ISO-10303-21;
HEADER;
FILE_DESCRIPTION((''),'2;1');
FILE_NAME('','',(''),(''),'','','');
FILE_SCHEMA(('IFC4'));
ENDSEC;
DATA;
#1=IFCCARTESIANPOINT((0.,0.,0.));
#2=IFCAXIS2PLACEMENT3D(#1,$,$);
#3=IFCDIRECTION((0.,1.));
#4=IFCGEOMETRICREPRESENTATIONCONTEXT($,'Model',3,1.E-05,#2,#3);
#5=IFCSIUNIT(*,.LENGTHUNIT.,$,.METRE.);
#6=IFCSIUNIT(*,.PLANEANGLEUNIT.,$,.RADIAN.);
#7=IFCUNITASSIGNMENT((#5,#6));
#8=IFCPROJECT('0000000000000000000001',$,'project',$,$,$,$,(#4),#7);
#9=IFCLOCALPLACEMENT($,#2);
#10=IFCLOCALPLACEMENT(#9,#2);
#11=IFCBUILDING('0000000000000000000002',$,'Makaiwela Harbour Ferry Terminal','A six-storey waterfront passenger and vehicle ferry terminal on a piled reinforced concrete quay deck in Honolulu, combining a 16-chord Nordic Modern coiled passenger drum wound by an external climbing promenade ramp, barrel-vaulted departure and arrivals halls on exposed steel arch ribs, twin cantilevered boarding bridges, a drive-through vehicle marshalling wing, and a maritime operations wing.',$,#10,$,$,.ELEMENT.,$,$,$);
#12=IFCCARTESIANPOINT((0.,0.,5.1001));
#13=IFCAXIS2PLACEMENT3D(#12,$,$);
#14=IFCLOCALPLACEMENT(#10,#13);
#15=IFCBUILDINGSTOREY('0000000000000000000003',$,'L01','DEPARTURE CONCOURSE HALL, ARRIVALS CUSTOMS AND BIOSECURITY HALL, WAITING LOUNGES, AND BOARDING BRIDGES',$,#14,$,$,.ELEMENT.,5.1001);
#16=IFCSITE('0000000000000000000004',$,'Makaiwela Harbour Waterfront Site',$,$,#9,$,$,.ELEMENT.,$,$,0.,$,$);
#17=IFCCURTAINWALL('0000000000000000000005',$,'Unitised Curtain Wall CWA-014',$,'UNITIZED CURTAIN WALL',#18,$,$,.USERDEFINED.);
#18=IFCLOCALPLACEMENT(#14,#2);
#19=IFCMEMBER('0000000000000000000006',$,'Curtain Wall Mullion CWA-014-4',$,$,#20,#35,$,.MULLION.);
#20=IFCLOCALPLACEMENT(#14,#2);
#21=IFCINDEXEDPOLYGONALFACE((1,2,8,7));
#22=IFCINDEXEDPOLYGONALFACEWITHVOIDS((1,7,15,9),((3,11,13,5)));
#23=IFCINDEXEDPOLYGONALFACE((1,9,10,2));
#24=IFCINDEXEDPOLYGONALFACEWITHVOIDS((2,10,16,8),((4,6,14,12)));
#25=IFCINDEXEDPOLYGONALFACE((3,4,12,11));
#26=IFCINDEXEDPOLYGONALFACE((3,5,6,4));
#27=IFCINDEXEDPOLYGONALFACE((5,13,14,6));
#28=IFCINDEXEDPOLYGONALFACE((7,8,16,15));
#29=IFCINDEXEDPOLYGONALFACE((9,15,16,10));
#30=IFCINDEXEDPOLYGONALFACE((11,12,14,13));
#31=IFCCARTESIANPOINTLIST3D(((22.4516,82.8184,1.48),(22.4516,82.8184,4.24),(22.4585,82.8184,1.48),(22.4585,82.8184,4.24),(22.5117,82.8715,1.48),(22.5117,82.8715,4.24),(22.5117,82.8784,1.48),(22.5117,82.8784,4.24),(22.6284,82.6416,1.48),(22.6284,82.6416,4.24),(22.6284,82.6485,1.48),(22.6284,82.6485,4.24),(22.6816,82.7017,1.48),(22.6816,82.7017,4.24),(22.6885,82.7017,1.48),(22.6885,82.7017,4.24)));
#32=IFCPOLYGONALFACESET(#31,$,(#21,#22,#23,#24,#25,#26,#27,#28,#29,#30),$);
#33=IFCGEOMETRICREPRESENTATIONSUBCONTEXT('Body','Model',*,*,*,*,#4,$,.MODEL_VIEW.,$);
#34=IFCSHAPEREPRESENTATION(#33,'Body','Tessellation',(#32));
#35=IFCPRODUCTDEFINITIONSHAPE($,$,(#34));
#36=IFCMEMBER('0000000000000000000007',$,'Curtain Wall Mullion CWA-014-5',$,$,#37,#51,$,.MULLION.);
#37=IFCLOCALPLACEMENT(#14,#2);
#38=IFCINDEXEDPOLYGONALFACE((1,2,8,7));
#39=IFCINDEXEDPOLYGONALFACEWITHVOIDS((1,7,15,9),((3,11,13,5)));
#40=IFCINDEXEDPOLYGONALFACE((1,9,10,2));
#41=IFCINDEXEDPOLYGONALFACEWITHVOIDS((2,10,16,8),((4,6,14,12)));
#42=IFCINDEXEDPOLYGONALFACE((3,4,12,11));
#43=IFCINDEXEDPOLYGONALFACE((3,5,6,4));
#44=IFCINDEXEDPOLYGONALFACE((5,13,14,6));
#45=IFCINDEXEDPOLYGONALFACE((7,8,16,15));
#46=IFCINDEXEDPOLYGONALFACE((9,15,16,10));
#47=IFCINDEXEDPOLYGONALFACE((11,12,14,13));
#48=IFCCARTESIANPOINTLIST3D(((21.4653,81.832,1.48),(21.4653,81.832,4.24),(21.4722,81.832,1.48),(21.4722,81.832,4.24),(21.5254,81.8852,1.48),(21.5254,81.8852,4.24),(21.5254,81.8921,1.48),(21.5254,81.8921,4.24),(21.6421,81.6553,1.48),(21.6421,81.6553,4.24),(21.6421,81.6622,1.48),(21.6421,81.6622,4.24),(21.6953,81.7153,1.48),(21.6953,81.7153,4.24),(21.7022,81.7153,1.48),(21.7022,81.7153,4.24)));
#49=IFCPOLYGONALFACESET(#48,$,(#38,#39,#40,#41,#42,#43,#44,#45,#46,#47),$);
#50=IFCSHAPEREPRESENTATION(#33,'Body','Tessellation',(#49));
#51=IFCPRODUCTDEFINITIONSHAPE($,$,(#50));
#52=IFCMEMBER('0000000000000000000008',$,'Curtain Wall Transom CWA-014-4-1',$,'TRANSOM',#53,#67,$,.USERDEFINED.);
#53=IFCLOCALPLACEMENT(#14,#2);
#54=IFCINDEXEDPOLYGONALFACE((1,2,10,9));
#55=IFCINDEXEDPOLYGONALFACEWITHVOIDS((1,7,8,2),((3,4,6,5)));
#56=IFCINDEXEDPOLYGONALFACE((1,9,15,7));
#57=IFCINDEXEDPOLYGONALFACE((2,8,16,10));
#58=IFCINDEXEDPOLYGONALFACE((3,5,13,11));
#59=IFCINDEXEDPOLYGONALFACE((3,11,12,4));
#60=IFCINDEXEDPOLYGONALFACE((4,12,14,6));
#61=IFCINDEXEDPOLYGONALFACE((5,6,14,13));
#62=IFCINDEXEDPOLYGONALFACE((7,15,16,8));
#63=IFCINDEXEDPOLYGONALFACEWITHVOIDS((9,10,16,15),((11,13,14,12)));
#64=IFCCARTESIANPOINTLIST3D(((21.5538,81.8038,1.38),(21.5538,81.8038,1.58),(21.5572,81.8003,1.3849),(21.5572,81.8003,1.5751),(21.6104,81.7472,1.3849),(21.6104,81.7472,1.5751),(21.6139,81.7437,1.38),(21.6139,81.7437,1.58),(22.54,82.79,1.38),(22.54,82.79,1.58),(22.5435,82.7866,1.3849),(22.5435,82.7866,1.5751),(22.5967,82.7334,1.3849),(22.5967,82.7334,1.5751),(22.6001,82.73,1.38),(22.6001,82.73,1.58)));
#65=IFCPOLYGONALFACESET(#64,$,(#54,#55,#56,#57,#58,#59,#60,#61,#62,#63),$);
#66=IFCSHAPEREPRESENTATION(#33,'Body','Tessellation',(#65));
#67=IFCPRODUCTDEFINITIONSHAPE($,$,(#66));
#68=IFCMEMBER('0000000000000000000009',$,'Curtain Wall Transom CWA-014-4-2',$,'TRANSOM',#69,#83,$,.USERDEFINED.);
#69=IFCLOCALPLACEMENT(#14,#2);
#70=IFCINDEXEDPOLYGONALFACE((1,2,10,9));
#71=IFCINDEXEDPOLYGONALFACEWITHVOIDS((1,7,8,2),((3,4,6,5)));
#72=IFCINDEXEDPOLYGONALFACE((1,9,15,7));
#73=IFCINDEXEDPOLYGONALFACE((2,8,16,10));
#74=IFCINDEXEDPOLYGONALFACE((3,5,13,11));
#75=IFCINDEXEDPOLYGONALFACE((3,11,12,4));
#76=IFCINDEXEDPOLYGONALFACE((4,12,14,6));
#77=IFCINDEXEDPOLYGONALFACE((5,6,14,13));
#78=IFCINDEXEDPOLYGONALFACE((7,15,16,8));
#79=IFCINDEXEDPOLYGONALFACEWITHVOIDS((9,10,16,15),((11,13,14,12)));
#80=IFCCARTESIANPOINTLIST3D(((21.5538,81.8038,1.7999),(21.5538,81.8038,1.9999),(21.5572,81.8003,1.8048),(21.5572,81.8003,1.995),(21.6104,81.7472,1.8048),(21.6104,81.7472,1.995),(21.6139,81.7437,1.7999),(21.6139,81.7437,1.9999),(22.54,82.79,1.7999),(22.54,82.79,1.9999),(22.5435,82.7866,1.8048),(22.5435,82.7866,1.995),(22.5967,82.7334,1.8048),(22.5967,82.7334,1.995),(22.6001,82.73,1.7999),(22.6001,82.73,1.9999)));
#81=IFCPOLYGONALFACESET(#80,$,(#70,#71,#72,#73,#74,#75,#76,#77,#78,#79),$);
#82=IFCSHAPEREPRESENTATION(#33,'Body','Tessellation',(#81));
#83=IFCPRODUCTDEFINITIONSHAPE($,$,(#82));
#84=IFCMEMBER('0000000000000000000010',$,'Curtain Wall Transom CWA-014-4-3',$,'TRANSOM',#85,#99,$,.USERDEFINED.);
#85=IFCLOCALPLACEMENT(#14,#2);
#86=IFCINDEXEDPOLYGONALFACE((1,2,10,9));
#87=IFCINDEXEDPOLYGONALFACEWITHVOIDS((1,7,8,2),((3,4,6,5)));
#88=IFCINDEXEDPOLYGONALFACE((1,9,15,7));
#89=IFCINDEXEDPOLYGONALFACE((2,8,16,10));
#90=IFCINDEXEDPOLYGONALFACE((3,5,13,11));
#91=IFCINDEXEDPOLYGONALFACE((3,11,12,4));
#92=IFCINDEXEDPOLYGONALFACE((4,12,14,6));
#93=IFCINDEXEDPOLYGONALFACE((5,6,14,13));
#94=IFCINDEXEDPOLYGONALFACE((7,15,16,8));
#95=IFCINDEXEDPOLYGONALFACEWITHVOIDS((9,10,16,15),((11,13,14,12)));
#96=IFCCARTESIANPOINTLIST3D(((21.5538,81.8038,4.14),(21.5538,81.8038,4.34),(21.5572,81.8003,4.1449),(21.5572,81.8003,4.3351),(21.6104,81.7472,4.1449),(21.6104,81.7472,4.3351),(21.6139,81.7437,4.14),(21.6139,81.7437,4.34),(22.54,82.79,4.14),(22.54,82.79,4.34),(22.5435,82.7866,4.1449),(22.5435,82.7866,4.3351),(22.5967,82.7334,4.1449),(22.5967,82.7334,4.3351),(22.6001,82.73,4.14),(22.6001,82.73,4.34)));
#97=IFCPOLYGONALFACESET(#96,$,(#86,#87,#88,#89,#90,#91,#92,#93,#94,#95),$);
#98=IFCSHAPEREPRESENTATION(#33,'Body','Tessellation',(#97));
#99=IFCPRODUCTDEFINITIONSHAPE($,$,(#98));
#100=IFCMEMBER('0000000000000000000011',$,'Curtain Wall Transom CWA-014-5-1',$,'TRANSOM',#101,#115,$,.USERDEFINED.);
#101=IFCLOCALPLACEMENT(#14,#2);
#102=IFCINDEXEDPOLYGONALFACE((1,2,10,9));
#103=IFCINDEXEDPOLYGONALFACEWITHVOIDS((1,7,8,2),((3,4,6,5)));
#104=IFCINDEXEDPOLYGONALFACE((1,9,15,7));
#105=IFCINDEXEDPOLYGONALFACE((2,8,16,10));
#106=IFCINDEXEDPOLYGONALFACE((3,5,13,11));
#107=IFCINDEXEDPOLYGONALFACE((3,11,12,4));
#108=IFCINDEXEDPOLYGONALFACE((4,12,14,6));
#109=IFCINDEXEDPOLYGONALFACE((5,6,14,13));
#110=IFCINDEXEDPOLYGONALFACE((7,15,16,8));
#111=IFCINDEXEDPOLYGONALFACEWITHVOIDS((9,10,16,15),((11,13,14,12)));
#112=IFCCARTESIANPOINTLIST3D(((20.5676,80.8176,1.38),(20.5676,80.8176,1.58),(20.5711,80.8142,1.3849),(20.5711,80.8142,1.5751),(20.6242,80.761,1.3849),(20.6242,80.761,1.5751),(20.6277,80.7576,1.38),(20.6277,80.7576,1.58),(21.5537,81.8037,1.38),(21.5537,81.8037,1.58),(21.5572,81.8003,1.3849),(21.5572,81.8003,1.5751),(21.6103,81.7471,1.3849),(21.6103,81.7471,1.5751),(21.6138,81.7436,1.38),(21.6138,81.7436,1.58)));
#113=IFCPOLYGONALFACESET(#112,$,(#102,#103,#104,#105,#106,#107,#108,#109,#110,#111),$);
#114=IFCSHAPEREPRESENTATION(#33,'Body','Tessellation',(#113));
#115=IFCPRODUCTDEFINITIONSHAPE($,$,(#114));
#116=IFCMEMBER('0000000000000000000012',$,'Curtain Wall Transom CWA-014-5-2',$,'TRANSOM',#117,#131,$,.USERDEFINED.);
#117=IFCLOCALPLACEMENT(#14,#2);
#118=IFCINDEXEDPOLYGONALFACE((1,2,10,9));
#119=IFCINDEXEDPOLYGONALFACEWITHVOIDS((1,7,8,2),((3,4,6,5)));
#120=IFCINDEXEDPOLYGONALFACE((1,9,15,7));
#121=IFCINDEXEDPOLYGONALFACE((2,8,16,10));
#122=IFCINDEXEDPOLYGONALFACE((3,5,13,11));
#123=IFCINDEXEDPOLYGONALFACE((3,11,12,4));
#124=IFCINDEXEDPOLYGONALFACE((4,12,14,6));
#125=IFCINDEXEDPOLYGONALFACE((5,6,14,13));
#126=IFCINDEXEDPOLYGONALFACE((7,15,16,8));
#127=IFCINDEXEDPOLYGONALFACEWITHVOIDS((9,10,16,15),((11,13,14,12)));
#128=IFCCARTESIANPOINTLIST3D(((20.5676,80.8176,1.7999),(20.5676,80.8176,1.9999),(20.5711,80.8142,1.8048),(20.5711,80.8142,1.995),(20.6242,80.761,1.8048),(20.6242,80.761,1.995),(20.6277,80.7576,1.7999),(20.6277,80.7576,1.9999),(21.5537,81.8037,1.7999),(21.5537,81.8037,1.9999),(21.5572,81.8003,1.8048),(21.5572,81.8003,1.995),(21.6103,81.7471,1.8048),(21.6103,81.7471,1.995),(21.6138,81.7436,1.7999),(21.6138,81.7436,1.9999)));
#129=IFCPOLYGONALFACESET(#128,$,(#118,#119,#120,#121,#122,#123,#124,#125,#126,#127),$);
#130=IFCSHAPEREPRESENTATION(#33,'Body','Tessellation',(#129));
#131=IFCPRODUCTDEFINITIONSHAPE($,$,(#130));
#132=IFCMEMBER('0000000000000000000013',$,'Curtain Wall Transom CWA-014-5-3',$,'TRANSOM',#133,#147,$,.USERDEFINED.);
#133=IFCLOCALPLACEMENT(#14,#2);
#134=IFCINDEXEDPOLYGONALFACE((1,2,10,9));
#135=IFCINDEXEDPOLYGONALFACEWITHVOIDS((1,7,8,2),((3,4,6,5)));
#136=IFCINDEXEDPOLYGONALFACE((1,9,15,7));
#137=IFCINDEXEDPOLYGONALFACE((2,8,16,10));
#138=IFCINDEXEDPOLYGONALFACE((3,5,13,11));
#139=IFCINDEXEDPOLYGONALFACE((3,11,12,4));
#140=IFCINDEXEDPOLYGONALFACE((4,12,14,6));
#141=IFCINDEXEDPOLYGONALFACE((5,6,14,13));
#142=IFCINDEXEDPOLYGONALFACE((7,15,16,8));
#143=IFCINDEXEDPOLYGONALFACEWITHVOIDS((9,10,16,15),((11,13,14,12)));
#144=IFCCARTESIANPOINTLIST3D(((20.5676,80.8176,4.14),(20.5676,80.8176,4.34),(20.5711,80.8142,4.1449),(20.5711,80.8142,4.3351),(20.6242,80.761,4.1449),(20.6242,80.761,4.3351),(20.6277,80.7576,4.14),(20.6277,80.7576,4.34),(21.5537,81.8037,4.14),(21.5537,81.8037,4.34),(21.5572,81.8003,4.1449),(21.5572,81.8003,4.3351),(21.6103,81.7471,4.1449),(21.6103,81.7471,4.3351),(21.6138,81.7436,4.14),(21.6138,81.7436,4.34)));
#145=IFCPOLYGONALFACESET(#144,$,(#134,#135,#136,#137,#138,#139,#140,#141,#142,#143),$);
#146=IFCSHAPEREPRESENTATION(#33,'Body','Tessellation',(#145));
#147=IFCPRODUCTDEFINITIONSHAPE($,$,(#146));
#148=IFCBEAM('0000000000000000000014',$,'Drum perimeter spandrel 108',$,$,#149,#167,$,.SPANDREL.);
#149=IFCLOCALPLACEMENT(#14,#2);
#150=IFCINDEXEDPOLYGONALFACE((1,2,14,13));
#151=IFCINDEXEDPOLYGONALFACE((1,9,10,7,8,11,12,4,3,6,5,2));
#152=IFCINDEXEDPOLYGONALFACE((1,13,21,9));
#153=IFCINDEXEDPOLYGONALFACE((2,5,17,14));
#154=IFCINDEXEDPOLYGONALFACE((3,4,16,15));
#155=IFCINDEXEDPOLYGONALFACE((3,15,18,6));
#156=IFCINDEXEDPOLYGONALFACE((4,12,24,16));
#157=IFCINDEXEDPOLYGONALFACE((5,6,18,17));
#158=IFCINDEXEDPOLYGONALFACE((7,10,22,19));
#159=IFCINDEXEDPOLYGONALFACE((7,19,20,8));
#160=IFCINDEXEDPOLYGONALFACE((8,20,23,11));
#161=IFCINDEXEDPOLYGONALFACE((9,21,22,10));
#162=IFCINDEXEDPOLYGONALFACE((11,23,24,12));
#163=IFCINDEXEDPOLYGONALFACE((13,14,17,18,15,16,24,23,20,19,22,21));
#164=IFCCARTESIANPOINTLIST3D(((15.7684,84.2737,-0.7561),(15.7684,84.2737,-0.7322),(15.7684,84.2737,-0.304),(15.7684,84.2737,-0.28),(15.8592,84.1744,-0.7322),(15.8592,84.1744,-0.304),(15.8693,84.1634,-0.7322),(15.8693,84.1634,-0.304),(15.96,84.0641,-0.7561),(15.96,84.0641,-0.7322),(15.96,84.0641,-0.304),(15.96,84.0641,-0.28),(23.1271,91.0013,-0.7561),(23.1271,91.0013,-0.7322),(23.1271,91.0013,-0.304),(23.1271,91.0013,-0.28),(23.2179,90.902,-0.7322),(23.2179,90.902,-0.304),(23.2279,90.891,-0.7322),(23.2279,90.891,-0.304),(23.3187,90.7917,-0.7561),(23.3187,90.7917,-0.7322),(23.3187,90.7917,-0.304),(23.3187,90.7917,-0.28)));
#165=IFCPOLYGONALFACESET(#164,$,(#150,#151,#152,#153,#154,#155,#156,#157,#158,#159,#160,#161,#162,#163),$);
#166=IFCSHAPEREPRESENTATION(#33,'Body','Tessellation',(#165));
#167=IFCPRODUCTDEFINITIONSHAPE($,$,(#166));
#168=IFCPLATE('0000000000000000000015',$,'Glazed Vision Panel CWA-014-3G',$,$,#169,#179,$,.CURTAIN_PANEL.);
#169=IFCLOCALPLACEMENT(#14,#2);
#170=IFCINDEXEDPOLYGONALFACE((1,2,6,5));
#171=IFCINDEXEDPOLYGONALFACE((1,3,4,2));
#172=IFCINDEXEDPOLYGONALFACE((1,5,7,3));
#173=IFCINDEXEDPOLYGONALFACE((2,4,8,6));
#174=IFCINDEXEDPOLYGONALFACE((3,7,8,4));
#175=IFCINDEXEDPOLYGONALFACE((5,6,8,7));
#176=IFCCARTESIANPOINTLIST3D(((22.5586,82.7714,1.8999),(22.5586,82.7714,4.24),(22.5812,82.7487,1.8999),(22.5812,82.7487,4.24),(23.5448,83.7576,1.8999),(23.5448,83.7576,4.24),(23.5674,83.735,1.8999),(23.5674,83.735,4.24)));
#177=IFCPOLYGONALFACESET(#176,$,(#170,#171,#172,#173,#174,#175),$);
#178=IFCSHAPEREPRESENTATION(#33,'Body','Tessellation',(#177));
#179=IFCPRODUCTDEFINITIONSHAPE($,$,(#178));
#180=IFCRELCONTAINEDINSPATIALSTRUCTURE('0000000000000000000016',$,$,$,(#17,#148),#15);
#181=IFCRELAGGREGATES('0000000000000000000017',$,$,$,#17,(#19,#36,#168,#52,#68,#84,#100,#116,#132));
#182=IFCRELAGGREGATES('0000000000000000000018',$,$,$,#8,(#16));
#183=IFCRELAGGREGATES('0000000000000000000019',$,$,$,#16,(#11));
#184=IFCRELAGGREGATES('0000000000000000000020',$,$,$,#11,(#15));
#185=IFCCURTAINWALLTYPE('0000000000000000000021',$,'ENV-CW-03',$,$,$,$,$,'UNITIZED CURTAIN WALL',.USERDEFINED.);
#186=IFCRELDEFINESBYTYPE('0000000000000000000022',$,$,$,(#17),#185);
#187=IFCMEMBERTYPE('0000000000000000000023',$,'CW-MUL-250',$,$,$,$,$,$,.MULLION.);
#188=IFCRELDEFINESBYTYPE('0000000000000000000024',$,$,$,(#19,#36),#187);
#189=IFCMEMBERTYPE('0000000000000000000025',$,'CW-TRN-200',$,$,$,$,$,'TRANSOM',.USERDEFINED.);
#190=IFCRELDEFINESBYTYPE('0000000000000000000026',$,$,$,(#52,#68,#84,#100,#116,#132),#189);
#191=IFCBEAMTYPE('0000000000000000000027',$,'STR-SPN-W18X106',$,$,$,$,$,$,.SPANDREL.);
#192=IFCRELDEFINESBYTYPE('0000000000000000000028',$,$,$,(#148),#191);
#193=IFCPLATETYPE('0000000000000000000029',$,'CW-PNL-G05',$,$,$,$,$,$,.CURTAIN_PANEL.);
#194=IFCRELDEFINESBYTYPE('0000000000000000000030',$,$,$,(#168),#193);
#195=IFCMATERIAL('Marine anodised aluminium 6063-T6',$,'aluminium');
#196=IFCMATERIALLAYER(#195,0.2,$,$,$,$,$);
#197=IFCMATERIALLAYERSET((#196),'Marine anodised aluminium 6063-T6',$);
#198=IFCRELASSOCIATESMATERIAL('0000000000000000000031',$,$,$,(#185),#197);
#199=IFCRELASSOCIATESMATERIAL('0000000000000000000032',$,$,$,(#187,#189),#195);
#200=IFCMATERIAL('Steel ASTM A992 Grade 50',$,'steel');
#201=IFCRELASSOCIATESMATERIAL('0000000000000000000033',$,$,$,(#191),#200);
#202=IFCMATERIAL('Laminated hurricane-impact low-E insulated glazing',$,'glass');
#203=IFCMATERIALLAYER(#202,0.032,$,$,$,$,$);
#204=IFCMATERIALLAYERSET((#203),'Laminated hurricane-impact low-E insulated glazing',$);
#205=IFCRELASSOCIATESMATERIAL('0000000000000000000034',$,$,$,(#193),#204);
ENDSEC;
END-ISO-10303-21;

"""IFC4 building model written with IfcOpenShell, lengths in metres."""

from ifc_helpers import new_model, si_unit, direction, frame, origin, origin_2d, place, context, subcontext, project, spatial, rectangle, hollow_rectangle, i_section, extrude, material, layer, layer_set, material_profile, profile_set, type_object, element, aggregate, save


model = new_model("IFC4")

# Units and contexts
model_context = context("Model", 3, precision=1e-05, world=origin(), true_north=direction((0.0, 1.0)))
body_context = subcontext(model_context, "Body", "Model", "MODEL_VIEW")
ifc_project = project(units=[si_unit("LENGTHUNIT", "METRE"), si_unit("PLANEANGLEUNIT", "RADIAN")], contexts=[model_context])

# Site, building, storey
site_placement = place(None, origin())
site = spatial("IfcSite", under=ifc_project, at=site_placement, Name="Makaiwela Harbour Waterfront Site", CompositionType="ELEMENT", RefElevation=0.0)
building_placement = place(site_placement, origin())
building = spatial("IfcBuilding", under=site, at=building_placement, Name="Makaiwela Harbour Ferry Terminal", Description="A six-storey waterfront passenger and vehicle ferry terminal on a piled reinforced concrete quay deck in Honolulu, combining a 16-chord Nordic Modern coiled passenger drum wound by an external climbing promenade ramp, barrel-vaulted departure and arrivals halls on exposed steel arch ribs, twin cantilevered boarding bridges, a drive-through vehicle marshalling wing, and a maritime operations wing.", CompositionType="ELEMENT")
storey_placement = place(building_placement, frame((0.0, 0.0, 5.1001)))
storey = spatial("IfcBuildingStorey", under=building, at=storey_placement, Name="L01", Description="DEPARTURE CONCOURSE HALL, ARRIVALS CUSTOMS AND BIOSECURITY HALL, WAITING LOUNGES, AND BOARDING BRIDGES", CompositionType="ELEMENT", Elevation=5.1001)

# Curtain wall, members
ifc_material_1 = material(Name="Marine anodised aluminium 6063-T6", Category="aluminium")
ifc_layer_1 = layer(ifc_material_1, 0.2)
ifc_layer_set_1 = layer_set([ifc_layer_1], Name="Marine anodised aluminium 6063-T6")
curtain_wall_type = type_object("IfcCurtainWallType", Name="ENV-CW-03", ElementType="UNITIZED CURTAIN WALL", PredefinedType="USERDEFINED", material=ifc_layer_set_1)
curtain_wall_placement = place(storey_placement, origin())
curtain_wall = element("IfcCurtainWall", 1, at=curtain_wall_placement, inside=storey, type_object=curtain_wall_type, Name="Unitised Curtain Wall CWA-014", ObjectType="UNITIZED CURTAIN WALL", PredefinedType="USERDEFINED")
ifc_material_profile_1 = material_profile(ifc_material_1, hollow_rectangle(XDim=0.085, YDim=0.25, WallThickness=0.0049, at=origin_2d()), Name="CWM-250X85")
ifc_profile_set_1 = profile_set([ifc_material_profile_1], Name="Marine anodised aluminium 6063-T6")
member_type_1 = type_object("IfcMemberType", Name="CW-MUL-250", PredefinedType="MULLION", material=ifc_profile_set_1)
member_1_placement = place(storey_placement, frame((22.5701, 82.76, 1.48), z_axis=(0.0, 0.0, 1.0), x_axis=(0.707107, 0.707107, 0.0)))
member_1 = element("IfcMember", 2, at=member_1_placement, type_object=member_type_1, Name="Curtain Wall Mullion CWA-014-4", PredefinedType="MULLION", context=body_context, shape_type="SweptSolid", body=[
    extrude(hollow_rectangle(XDim=0.085, YDim=0.25, WallThickness=0.0049, at=origin_2d()), origin(), (0.0, 0.0, 1.0), 2.76),
])
member_2_placement = place(storey_placement, frame((21.5837, 81.7737, 1.48), z_axis=(0.0, 0.0, 1.0), x_axis=(0.707107, 0.707107, 0.0)))
member_2 = element("IfcMember", 3, at=member_2_placement, type_object=member_type_1, Name="Curtain Wall Mullion CWA-014-5", PredefinedType="MULLION", context=body_context, shape_type="SweptSolid", body=[
    extrude(hollow_rectangle(XDim=0.085, YDim=0.25, WallThickness=0.0049, at=origin_2d()), origin(), (0.0, 0.0, 1.0), 2.76),
])
ifc_material_profile_2 = material_profile(ifc_material_1, hollow_rectangle(XDim=0.085, YDim=0.2, WallThickness=0.0049, at=origin_2d()), Name="CWT-200X85")
ifc_profile_set_2 = profile_set([ifc_material_profile_2], Name="Marine anodised aluminium 6063-T6")
member_type_2 = type_object("IfcMemberType", Name="CW-TRN-200", ElementType="TRANSOM", PredefinedType="USERDEFINED", material=ifc_profile_set_2)
member_3_placement = place(storey_placement, frame((22.5701, 82.76, 1.48), z_axis=(-0.707107, -0.707107, 0.0), x_axis=(0.707107, -0.707107, 0.0)))
member_3 = element("IfcMember", 4, at=member_3_placement, type_object=member_type_2, Name="Curtain Wall Transom CWA-014-4-1", ObjectType="TRANSOM", PredefinedType="USERDEFINED", context=body_context, shape_type="SweptSolid", body=[
    extrude(hollow_rectangle(XDim=0.085, YDim=0.2, WallThickness=0.0049, at=origin_2d()), origin(), (0.0, 0.0, 1.0), 1.3948),
])
member_4_placement = place(storey_placement, frame((22.5701, 82.76, 1.8999), z_axis=(-0.707107, -0.707107, 0.0), x_axis=(0.707107, -0.707107, 0.0)))
member_4 = element("IfcMember", 5, at=member_4_placement, type_object=member_type_2, Name="Curtain Wall Transom CWA-014-4-2", ObjectType="TRANSOM", PredefinedType="USERDEFINED", context=body_context, shape_type="SweptSolid", body=[
    extrude(hollow_rectangle(XDim=0.085, YDim=0.2, WallThickness=0.0049, at=origin_2d()), origin(), (0.0, 0.0, 1.0), 1.3948),
])
member_5_placement = place(storey_placement, frame((22.5701, 82.76, 4.24), z_axis=(-0.707107, -0.707107, 0.0), x_axis=(0.707107, -0.707107, 0.0)))
member_5 = element("IfcMember", 6, at=member_5_placement, type_object=member_type_2, Name="Curtain Wall Transom CWA-014-4-3", ObjectType="TRANSOM", PredefinedType="USERDEFINED", context=body_context, shape_type="SweptSolid", body=[
    extrude(hollow_rectangle(XDim=0.085, YDim=0.2, WallThickness=0.0049, at=origin_2d()), origin(), (0.0, 0.0, 1.0), 1.3948),
])
member_6_placement = place(storey_placement, frame((21.5837, 81.7737, 1.48), z_axis=(-0.707107, -0.707107, 0.0), x_axis=(0.707107, -0.707107, 0.0)))
member_6 = element("IfcMember", 7, at=member_6_placement, type_object=member_type_2, Name="Curtain Wall Transom CWA-014-5-1", ObjectType="TRANSOM", PredefinedType="USERDEFINED", context=body_context, shape_type="SweptSolid", body=[
    extrude(hollow_rectangle(XDim=0.085, YDim=0.2, WallThickness=0.0049, at=origin_2d()), origin(), (0.0, 0.0, 1.0), 1.3945),
])
member_7_placement = place(storey_placement, frame((21.5837, 81.7737, 1.8999), z_axis=(-0.707107, -0.707107, 0.0), x_axis=(0.707107, -0.707107, 0.0)))
member_7 = element("IfcMember", 8, at=member_7_placement, type_object=member_type_2, Name="Curtain Wall Transom CWA-014-5-2", ObjectType="TRANSOM", PredefinedType="USERDEFINED", context=body_context, shape_type="SweptSolid", body=[
    extrude(hollow_rectangle(XDim=0.085, YDim=0.2, WallThickness=0.0049, at=origin_2d()), origin(), (0.0, 0.0, 1.0), 1.3945),
])
member_8_placement = place(storey_placement, frame((21.5837, 81.7737, 4.24), z_axis=(-0.707107, -0.707107, 0.0), x_axis=(0.707107, -0.707107, 0.0)))
member_8 = element("IfcMember", 9, at=member_8_placement, type_object=member_type_2, Name="Curtain Wall Transom CWA-014-5-3", ObjectType="TRANSOM", PredefinedType="USERDEFINED", context=body_context, shape_type="SweptSolid", body=[
    extrude(hollow_rectangle(XDim=0.085, YDim=0.2, WallThickness=0.0049, at=origin_2d()), origin(), (0.0, 0.0, 1.0), 1.3945),
])

# Beam
ifc_material_2 = material(Name="Steel ASTM A992 Grade 50", Category="steel")
ifc_material_profile_3 = material_profile(ifc_material_2, i_section(OverallWidth=0.2839, OverallDepth=0.4761, WebThickness=0.0149, FlangeThickness=0.0239, at=origin_2d()), Name="W18X106")
ifc_profile_set_3 = profile_set([ifc_material_profile_3], Name="Steel ASTM A992 Grade 50")
beam_type = type_object("IfcBeamType", Name="STR-SPN-W18X106", PredefinedType="SPANDREL", material=ifc_profile_set_3)
beam_placement = place(storey_placement, frame((23.2229, 90.8965, -0.5181), z_axis=(-0.738047, -0.674749, 0.0), x_axis=(0.674749, -0.738047, 0.0)))
element("IfcBeam", 10, at=beam_placement, inside=storey, type_object=beam_type, Name="Drum perimeter spandrel 108", PredefinedType="SPANDREL", context=body_context, shape_type="SweptSolid", body=[
    extrude(i_section(OverallWidth=0.2839, OverallDepth=0.4761, WebThickness=0.0149, FlangeThickness=0.0239, at=origin_2d()), origin(), (0.0, 0.0, 1.0), 9.9705),
])

# Plate
ifc_material_3 = material(Name="Laminated hurricane-impact low-E insulated glazing", Category="glass")
ifc_layer_2 = layer(ifc_material_3, 0.032)
ifc_layer_set_2 = layer_set([ifc_layer_2], Name="Laminated hurricane-impact low-E insulated glazing")
plate_type_1 = type_object("IfcPlateType", Name="CW-PNL-G05", PredefinedType="CURTAIN_PANEL", material=ifc_layer_set_2)
plate_1_placement = place(storey_placement, frame((23.063, 83.2532, 1.8999), z_axis=(0.0, 0.0, 1.0), x_axis=(-0.707107, -0.707107, 0.0)))
plate_1 = element("IfcPlate", 11, at=plate_1_placement, type_object=plate_type_1, Name="Glazed Vision Panel CWA-014-3G", PredefinedType="CURTAIN_PANEL", context=body_context, shape_type="SweptSolid", body=[
    extrude(rectangle(XDim=1.3948, YDim=0.032, at=origin_2d()), origin(), (0.0, 0.0, 1.0), 2.3401),
])
aggregate(curtain_wall, [member_1, member_2, plate_1, member_3, member_4, member_5, member_6, member_7, member_8])

save(model, "model.ifc")
